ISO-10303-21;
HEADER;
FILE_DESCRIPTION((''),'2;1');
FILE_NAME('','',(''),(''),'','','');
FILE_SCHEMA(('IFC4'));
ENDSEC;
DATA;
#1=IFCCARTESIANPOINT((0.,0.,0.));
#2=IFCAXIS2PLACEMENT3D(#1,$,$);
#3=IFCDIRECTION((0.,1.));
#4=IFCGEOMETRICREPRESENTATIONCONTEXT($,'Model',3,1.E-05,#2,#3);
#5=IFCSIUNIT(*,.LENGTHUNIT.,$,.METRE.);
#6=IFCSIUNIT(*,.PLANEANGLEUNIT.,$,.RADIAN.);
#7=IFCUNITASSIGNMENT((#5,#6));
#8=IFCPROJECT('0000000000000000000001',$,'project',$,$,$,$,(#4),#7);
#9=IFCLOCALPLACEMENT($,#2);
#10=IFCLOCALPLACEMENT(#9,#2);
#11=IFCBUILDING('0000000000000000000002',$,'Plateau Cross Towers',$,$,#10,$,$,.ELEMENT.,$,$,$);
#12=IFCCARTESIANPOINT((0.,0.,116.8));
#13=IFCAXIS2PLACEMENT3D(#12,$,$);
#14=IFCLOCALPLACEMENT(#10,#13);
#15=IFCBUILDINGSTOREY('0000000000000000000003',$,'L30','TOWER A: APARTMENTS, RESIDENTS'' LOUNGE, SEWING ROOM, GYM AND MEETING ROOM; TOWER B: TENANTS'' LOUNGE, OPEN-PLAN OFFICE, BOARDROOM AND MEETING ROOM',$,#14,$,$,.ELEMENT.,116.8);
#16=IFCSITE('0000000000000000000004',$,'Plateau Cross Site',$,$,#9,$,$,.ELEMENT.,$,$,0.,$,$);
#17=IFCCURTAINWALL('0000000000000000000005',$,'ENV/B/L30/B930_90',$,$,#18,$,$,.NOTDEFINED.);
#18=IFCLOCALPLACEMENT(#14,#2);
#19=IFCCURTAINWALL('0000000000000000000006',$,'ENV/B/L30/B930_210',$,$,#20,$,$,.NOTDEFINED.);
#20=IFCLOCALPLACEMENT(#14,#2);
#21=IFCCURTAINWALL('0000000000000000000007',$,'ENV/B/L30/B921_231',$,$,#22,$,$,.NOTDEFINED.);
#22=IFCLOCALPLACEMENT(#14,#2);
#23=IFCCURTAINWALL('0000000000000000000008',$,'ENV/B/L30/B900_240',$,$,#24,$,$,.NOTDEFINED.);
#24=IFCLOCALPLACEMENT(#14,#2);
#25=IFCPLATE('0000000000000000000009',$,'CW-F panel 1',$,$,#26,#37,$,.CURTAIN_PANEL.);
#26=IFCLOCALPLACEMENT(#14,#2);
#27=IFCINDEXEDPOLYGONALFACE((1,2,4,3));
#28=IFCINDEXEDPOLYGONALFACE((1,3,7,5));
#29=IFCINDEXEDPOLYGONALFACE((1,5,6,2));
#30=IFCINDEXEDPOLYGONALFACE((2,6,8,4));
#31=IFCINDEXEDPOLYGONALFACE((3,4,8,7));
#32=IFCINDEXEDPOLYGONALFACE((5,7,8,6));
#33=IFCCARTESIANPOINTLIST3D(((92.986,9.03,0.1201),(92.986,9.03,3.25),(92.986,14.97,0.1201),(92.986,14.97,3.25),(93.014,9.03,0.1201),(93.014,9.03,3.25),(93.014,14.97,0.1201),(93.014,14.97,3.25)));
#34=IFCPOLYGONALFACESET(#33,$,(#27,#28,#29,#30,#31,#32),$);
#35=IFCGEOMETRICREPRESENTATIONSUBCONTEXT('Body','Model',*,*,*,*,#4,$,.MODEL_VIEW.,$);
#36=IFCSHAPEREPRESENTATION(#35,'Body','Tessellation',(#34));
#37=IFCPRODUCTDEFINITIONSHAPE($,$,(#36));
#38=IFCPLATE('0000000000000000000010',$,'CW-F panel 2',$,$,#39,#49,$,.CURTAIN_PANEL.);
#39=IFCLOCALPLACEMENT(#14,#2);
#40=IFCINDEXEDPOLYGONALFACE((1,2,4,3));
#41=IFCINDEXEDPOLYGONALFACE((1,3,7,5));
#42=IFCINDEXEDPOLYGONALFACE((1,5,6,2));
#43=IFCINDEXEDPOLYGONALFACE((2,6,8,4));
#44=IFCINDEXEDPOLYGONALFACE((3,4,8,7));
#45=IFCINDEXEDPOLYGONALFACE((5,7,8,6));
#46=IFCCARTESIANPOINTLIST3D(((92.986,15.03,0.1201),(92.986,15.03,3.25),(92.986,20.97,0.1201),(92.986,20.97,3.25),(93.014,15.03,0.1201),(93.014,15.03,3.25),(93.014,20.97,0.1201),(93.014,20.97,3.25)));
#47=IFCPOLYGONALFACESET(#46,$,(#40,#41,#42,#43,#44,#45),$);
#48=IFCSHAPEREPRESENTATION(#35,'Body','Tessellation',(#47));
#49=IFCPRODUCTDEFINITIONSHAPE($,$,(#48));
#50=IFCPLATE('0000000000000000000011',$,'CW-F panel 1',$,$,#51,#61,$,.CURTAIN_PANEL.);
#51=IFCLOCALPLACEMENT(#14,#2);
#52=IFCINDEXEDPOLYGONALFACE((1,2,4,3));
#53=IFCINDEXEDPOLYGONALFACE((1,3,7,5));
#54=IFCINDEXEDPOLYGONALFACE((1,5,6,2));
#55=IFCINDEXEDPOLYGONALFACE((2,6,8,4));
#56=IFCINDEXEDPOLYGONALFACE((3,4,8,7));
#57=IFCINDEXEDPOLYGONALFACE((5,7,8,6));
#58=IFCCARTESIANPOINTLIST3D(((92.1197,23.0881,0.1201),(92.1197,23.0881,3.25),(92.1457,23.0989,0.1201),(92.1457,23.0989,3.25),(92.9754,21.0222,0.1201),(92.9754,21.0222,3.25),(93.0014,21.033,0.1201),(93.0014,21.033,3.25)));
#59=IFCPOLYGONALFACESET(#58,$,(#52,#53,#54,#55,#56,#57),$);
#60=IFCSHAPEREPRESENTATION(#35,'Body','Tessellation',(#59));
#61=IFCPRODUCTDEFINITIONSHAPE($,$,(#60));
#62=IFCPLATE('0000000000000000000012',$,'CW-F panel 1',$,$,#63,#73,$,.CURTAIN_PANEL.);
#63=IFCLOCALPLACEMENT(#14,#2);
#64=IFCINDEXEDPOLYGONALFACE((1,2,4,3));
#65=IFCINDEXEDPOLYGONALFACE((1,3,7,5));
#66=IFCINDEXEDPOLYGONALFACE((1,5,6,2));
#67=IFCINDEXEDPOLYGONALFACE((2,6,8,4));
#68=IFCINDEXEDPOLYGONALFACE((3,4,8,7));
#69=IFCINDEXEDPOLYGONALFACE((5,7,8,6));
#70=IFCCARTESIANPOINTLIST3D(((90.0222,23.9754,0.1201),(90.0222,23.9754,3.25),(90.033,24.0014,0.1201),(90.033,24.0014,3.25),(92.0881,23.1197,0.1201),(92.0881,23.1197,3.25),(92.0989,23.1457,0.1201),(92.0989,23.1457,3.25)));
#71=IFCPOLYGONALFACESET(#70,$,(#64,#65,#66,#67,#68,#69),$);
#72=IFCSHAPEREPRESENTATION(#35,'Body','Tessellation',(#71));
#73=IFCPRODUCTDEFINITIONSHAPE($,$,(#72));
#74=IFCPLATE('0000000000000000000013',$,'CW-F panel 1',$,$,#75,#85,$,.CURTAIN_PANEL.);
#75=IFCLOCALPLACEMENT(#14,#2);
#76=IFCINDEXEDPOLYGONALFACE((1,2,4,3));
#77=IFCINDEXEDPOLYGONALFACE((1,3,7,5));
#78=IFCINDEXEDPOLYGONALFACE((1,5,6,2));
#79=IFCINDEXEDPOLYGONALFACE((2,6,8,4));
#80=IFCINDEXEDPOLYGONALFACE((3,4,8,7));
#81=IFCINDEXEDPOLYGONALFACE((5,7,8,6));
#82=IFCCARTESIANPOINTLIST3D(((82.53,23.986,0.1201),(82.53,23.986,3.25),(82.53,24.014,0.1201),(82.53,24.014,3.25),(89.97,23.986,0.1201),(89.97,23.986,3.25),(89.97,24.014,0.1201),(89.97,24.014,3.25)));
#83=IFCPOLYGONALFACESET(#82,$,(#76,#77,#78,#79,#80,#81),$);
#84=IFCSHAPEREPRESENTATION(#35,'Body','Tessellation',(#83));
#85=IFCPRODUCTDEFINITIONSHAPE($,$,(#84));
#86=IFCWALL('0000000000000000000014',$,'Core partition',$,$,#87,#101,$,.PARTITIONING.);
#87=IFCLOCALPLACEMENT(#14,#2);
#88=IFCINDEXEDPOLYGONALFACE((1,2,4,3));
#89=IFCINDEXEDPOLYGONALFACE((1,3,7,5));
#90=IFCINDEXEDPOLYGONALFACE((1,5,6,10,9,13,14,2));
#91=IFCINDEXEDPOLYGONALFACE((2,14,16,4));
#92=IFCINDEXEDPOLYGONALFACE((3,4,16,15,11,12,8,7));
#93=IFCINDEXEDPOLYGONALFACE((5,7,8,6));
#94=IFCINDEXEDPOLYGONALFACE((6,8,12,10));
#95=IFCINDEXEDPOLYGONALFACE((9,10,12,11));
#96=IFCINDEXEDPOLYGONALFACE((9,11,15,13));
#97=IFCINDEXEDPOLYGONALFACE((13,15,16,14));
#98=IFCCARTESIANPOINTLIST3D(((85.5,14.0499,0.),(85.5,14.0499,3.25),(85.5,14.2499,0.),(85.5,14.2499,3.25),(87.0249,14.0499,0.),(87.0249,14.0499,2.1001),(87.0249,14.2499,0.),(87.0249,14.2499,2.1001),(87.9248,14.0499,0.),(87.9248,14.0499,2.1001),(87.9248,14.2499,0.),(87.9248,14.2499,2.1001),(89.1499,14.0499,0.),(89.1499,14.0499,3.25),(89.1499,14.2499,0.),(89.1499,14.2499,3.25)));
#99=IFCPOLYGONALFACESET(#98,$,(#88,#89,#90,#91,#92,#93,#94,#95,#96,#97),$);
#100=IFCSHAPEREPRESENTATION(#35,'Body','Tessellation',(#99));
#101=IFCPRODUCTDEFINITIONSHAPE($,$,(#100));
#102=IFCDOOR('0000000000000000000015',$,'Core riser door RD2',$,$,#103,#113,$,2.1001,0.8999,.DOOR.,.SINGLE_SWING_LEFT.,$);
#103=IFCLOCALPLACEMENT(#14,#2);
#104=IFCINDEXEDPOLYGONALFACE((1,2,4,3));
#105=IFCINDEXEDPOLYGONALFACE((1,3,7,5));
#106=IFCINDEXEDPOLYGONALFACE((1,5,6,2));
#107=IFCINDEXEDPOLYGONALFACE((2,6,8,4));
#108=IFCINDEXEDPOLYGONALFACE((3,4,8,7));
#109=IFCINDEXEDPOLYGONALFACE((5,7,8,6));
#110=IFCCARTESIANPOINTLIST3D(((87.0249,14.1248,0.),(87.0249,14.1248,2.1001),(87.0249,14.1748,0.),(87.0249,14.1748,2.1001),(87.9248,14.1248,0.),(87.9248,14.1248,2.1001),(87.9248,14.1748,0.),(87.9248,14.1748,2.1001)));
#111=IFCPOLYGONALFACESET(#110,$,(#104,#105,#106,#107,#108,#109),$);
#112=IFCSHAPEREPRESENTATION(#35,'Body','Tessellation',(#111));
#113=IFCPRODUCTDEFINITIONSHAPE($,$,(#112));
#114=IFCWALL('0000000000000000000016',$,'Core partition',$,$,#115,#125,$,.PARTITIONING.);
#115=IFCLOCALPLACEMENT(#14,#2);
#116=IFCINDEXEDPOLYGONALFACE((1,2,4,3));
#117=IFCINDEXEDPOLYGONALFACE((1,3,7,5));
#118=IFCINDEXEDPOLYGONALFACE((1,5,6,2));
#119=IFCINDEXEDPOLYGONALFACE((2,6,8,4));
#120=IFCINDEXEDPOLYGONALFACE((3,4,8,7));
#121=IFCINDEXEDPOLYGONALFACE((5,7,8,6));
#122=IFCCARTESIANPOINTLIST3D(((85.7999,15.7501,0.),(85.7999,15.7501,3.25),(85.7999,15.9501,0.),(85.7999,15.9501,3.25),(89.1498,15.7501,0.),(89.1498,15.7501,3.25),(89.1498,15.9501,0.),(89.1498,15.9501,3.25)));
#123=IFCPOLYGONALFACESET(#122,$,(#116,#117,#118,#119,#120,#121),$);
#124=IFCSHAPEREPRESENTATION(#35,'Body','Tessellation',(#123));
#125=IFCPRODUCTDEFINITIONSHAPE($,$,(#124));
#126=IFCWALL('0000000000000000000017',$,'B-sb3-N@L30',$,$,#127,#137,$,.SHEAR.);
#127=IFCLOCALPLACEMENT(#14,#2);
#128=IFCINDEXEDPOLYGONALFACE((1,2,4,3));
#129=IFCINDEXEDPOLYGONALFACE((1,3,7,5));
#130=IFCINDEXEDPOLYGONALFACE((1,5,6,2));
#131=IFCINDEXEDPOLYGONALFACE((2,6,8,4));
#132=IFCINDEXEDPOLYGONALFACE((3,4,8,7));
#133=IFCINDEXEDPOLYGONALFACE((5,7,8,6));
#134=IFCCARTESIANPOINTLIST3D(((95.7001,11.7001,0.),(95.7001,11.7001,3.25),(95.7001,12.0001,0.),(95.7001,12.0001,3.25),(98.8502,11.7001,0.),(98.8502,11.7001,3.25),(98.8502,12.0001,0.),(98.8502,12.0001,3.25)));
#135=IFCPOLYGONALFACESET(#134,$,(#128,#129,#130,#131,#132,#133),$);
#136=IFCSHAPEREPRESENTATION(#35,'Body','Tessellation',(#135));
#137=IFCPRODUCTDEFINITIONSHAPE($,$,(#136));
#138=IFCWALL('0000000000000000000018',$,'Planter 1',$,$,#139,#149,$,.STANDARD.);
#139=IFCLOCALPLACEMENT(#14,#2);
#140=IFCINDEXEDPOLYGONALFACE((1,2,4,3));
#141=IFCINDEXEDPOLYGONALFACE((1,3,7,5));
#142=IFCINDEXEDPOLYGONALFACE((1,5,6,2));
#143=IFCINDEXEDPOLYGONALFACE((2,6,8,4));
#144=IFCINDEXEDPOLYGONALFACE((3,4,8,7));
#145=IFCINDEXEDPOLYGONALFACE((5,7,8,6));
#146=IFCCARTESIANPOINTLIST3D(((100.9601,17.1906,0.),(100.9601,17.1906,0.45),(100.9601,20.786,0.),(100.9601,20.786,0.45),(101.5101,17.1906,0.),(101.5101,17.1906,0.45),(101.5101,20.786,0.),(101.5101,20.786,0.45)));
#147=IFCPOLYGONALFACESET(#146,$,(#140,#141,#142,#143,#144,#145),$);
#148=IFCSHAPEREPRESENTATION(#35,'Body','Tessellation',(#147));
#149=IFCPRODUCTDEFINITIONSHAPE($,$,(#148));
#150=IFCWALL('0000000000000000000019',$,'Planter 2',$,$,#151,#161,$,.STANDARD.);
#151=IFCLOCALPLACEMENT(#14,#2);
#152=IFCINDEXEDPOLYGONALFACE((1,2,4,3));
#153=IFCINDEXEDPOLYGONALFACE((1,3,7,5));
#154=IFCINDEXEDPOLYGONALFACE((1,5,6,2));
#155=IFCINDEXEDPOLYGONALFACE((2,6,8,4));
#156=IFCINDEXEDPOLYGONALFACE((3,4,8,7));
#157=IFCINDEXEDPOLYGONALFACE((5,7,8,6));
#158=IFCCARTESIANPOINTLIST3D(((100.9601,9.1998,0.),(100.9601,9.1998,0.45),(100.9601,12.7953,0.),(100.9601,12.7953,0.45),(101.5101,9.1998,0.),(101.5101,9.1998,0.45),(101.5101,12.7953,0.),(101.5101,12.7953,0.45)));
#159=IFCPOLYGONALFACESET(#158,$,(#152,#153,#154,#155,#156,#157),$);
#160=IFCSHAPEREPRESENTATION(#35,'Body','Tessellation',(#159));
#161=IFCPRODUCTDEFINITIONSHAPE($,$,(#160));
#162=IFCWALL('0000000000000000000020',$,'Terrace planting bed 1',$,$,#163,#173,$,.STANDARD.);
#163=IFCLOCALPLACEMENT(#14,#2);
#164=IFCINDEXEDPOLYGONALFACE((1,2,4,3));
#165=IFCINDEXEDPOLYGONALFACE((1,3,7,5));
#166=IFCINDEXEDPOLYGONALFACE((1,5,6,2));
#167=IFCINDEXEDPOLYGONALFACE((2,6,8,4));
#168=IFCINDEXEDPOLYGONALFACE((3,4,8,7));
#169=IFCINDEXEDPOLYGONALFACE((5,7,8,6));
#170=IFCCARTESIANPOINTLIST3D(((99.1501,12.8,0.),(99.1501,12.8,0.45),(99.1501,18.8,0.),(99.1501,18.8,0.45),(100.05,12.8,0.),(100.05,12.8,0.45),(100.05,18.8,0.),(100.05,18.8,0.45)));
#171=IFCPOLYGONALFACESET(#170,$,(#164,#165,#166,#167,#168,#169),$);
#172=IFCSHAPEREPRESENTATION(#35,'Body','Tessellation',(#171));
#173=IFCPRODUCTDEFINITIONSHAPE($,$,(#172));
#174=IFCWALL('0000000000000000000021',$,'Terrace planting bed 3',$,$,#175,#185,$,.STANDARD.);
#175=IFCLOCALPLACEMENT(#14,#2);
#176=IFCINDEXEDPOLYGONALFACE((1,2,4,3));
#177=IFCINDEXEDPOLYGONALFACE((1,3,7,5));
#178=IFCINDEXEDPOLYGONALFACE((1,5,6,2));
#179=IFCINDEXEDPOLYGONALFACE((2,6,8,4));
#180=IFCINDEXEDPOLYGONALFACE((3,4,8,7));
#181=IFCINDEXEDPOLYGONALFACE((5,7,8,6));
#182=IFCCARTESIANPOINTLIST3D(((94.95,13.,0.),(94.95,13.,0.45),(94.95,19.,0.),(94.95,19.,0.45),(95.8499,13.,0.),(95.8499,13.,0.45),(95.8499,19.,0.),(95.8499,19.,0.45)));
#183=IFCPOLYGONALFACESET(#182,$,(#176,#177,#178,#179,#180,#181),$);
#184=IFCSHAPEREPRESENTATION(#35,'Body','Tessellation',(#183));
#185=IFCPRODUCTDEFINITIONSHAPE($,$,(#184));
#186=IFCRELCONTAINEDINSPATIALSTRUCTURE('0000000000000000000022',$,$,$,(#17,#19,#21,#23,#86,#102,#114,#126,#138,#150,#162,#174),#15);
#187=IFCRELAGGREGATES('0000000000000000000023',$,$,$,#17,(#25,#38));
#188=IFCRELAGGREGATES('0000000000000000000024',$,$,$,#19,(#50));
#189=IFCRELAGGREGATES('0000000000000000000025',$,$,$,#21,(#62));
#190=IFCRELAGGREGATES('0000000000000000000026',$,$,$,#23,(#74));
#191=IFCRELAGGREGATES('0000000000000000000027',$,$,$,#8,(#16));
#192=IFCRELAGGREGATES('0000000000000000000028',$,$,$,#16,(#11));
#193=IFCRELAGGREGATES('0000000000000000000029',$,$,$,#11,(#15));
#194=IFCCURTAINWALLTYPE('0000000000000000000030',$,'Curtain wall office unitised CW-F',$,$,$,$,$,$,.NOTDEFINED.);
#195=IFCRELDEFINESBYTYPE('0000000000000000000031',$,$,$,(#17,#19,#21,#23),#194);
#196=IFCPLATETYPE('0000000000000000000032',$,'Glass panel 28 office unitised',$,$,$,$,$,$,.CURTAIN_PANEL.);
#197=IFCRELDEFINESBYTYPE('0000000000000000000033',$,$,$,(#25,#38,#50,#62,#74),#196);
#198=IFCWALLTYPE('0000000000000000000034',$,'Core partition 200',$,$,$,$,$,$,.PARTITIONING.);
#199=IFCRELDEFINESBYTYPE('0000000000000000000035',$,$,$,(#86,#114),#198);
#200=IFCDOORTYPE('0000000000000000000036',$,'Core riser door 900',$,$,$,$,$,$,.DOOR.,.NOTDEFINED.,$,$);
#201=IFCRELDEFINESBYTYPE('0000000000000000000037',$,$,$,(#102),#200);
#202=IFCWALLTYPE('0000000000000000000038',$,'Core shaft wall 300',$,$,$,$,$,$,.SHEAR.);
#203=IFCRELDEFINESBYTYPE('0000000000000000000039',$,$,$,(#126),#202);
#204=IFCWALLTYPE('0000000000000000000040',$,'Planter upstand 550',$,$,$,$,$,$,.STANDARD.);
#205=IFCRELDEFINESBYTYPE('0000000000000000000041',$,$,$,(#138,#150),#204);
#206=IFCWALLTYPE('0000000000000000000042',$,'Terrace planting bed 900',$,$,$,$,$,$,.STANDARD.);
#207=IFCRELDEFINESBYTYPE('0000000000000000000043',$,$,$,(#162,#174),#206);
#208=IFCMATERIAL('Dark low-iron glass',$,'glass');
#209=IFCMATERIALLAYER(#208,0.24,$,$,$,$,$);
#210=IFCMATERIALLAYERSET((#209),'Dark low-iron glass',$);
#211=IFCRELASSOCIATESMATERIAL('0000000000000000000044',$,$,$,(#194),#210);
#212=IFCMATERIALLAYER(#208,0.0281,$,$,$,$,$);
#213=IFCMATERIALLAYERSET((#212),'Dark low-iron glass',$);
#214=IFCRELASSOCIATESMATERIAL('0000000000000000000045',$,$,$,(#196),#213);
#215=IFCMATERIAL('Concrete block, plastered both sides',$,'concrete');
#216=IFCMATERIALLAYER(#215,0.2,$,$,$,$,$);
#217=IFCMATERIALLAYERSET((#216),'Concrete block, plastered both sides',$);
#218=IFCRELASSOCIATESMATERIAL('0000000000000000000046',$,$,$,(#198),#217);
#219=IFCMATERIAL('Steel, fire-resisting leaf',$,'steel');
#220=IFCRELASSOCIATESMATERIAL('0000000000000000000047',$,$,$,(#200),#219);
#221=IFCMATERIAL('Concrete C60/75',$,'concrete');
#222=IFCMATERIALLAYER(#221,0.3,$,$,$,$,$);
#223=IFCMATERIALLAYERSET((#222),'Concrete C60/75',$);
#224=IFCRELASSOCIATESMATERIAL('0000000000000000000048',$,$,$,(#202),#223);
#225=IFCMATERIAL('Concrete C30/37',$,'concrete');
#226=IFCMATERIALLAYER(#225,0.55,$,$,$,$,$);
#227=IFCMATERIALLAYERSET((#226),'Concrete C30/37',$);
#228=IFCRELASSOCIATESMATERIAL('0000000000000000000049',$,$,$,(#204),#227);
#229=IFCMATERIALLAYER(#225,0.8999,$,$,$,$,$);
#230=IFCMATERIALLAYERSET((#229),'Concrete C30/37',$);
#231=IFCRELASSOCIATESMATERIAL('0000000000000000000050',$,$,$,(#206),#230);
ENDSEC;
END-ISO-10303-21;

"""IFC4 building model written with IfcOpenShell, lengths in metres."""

from ifc_helpers import new_model, si_unit, direction, frame, frame_2d, origin, origin_2d, place, context, subcontext, project, spatial, rectangle, extrude, material, layer, layer_set, type_object, element, fill, aggregate, save


model = new_model("IFC4")

# Units and contexts
model_context = context("Model", 3, precision=1e-05, world=origin(), true_north=direction((0.0, 1.0)))
body_context = subcontext(model_context, "Body", "Model", "MODEL_VIEW")
ifc_project = project(units=[si_unit("LENGTHUNIT", "METRE"), si_unit("PLANEANGLEUNIT", "RADIAN")], contexts=[model_context])

# Site, building, storey
site_placement = place(None, origin())
site = spatial("IfcSite", under=ifc_project, at=site_placement, Name="Plateau Cross Site", CompositionType="ELEMENT", RefElevation=0.0)
building_placement = place(site_placement, origin())
building = spatial("IfcBuilding", under=site, at=building_placement, Name="Plateau Cross Towers", CompositionType="ELEMENT")
storey_placement = place(building_placement, frame((0.0, 0.0, 116.8)))
storey = spatial("IfcBuildingStorey", under=building, at=storey_placement, Name="L30", Description="TOWER A: APARTMENTS, RESIDENTS' LOUNGE, SEWING ROOM, GYM AND MEETING ROOM; TOWER B: TENANTS' LOUNGE, OPEN-PLAN OFFICE, BOARDROOM AND MEETING ROOM", CompositionType="ELEMENT", Elevation=116.8)

# Shared definitions
ifc_material_1 = material(Name="Concrete C60/75", Category="concrete")

# Curtain wall
ifc_material_2 = material(Name="Dark low-iron glass", Category="glass")
ifc_layer_1 = layer(ifc_material_2, 0.24)
ifc_layer_set_1 = layer_set([ifc_layer_1], Name="Dark low-iron glass")
curtain_wall_type = type_object("IfcCurtainWallType", Name="Curtain wall office unitised CW-F", PredefinedType="NOTDEFINED", material=ifc_layer_set_1)
curtain_wall_1_placement = place(storey_placement, origin())
curtain_wall_1 = element("IfcCurtainWall", 1, at=curtain_wall_1_placement, inside=storey, type_object=curtain_wall_type, Name="ENV/B/L30/B930_90", PredefinedType="NOTDEFINED")

# Curtain walls
curtain_wall_2_placement = place(storey_placement, origin())
curtain_wall_2 = element("IfcCurtainWall", 2, at=curtain_wall_2_placement, inside=storey, type_object=curtain_wall_type, Name="ENV/B/L30/B930_210", PredefinedType="NOTDEFINED")
curtain_wall_3_placement = place(storey_placement, origin())
curtain_wall_3 = element("IfcCurtainWall", 3, at=curtain_wall_3_placement, inside=storey, type_object=curtain_wall_type, Name="ENV/B/L30/B921_231", PredefinedType="NOTDEFINED")
curtain_wall_4_placement = place(storey_placement, origin())
curtain_wall_4 = element("IfcCurtainWall", 4, at=curtain_wall_4_placement, inside=storey, type_object=curtain_wall_type, Name="ENV/B/L30/B900_240", PredefinedType="NOTDEFINED")

# Plates
ifc_layer_2 = layer(ifc_material_2, 0.0281)
ifc_layer_set_2 = layer_set([ifc_layer_2], Name="Dark low-iron glass")
plate_type = type_object("IfcPlateType", Name="Glass panel 28 office unitised", PredefinedType="CURTAIN_PANEL", material=ifc_layer_set_2)
plate_1_placement = place(storey_placement, frame((93.0, 12.0, 0.1201), z_axis=(0.0, 0.0, 1.0), x_axis=(0.0, 1.0, 0.0)))
plate_1 = element("IfcPlate", 5, at=plate_1_placement, type_object=plate_type, Name="CW-F panel 1", PredefinedType="CURTAIN_PANEL", context=body_context, shape_type="SweptSolid", body=[
    extrude(rectangle(XDim=5.9399, YDim=0.0281, at=origin_2d()), origin(), (0.0, 0.0, 1.0), 3.1299),
])
plate_2_placement = place(storey_placement, frame((93.0, 18.0, 0.1201), z_axis=(0.0, 0.0, 1.0), x_axis=(0.0, 1.0, 0.0)))
plate_2 = element("IfcPlate", 6, at=plate_2_placement, type_object=plate_type, Name="CW-F panel 2", PredefinedType="CURTAIN_PANEL", context=body_context, shape_type="SweptSolid", body=[
    extrude(rectangle(XDim=5.9399, YDim=0.0281, at=origin_2d()), origin(), (0.0, 0.0, 1.0), 3.1299),
])
aggregate(curtain_wall_1, [plate_1, plate_2])
plate_3_placement = place(storey_placement, frame((92.5605, 22.0605, 0.1201), z_axis=(0.0, 0.0, 1.0), x_axis=(-0.382684, 0.923879, 0.0)))
plate_3 = element("IfcPlate", 7, at=plate_3_placement, type_object=plate_type, Name="CW-F panel 1", PredefinedType="CURTAIN_PANEL", context=body_context, shape_type="SweptSolid", body=[
    extrude(rectangle(XDim=2.2361, YDim=0.0281, at=origin_2d()), origin(), (0.0, 0.0, 1.0), 3.1299),
])
aggregate(curtain_wall_2, [plate_3])
plate_4_placement = place(storey_placement, frame((91.0605, 23.5605, 0.1201), z_axis=(0.0, 0.0, 1.0), x_axis=(-0.923879, 0.382684, 0.0)))
plate_4 = element("IfcPlate", 8, at=plate_4_placement, type_object=plate_type, Name="CW-F panel 1", PredefinedType="CURTAIN_PANEL", context=body_context, shape_type="SweptSolid", body=[
    extrude(rectangle(XDim=2.2361, YDim=0.0281, at=origin_2d()), origin(), (0.0, 0.0, 1.0), 3.1299),
])
aggregate(curtain_wall_3, [plate_4])
plate_5_placement = place(storey_placement, frame((86.25, 24.0, 0.1201), z_axis=(0.0, 0.0, 1.0), x_axis=(-1.0, 0.0, 0.0)))
plate_5 = element("IfcPlate", 9, at=plate_5_placement, type_object=plate_type, Name="CW-F panel 1", PredefinedType="CURTAIN_PANEL", context=body_context, shape_type="SweptSolid", body=[
    extrude(rectangle(XDim=7.4399, YDim=0.0281, at=origin_2d()), origin(), (0.0, 0.0, 1.0), 3.1299),
])
aggregate(curtain_wall_4, [plate_5])

# Wall, opening, door
ifc_material_3 = material(Name="Concrete block, plastered both sides", Category="concrete")
ifc_layer_3 = layer(ifc_material_3, 0.2)
ifc_layer_set_3 = layer_set([ifc_layer_3], Name="Concrete block, plastered both sides")
wall_type_1 = type_object("IfcWallType", Name="Core partition 200", PredefinedType="PARTITIONING", material=ifc_layer_set_3)
wall_1_placement = place(storey_placement, frame((85.5, 14.1499, 0.0), z_axis=(0.0, 0.0, 1.0), x_axis=(1.0, 0.0, 0.0)))
wall_1 = element("IfcWall", 10, at=wall_1_placement, inside=storey, type_object=wall_type_1, Name="Core partition", PredefinedType="PARTITIONING", context=body_context, shape_type="SweptSolid", body=[
    extrude(rectangle(XDim=3.6499, YDim=0.2, at=frame_2d((1.825, 0.0))), origin(), (0.0, 0.0, 1.0), 3.25),
])
opening_1_placement = place(wall_1_placement, frame((1.5249, 0.0, 0.0)))
opening_1 = element("IfcOpeningElement", 11, at=opening_1_placement, cuts=wall_1, PredefinedType="OPENING", context=body_context, shape_type="SweptSolid", body=[
    extrude(rectangle(XDim=0.8999, YDim=2.1001, at=frame_2d((0.45, 1.05))), frame((0.0, 0.1099, 0.0), z_axis=(0.0, -1.0, 0.0), x_axis=(1.0, 0.0, 0.0)), (0.0, 0.0, 1.0), 0.22),
])
ifc_material_4 = material(Name="Steel, fire-resisting leaf", Category="steel")
door_type_1 = type_object("IfcDoorType", Name="Core riser door 900", OperationType="NOTDEFINED", PredefinedType="DOOR", material=ifc_material_4)
door_1_placement = place(opening_1_placement, origin())
door_1 = element("IfcDoor", 12, at=door_1_placement, inside=storey, type_object=door_type_1, Name="Core riser door RD2", OperationType="SINGLE_SWING_LEFT", OverallHeight=2.1001, OverallWidth=0.8999, PredefinedType="DOOR", context=body_context, shape_type="SweptSolid", body=[
    extrude(rectangle(XDim=0.8999, YDim=2.1001, at=frame_2d((0.45, 1.05))), frame((0.0, 0.0249, 0.0), z_axis=(0.0, -1.0, 0.0), x_axis=(1.0, 0.0, 0.0)), (0.0, 0.0, 1.0), 0.05),
])
fill(opening_1, door_1)

# Walls
wall_2_placement = place(storey_placement, frame((85.8, 15.8501, 0.0), z_axis=(0.0, 0.0, 1.0), x_axis=(1.0, 0.0, 0.0)))
element("IfcWall", 13, at=wall_2_placement, inside=storey, type_object=wall_type_1, Name="Core partition", PredefinedType="PARTITIONING", context=body_context, shape_type="SweptSolid", body=[
    extrude(rectangle(XDim=3.3499, YDim=0.2, at=frame_2d((1.6748, 0.0))), origin(), (0.0, 0.0, 1.0), 3.25),
])
ifc_layer_4 = layer(ifc_material_1, 0.3)
ifc_layer_set_4 = layer_set([ifc_layer_4], Name="Concrete C60/75")
wall_type_2 = type_object("IfcWallType", Name="Core shaft wall 300", PredefinedType="SHEAR", material=ifc_layer_set_4)
wall_3_placement = place(storey_placement, frame((95.7, 11.8501, 0.0), z_axis=(0.0, 0.0, 1.0), x_axis=(1.0, 0.0, 0.0)))
element("IfcWall", 14, at=wall_3_placement, inside=storey, type_object=wall_type_2, Name="B-sb3-N@L30", PredefinedType="SHEAR", context=body_context, shape_type="SweptSolid", body=[
    extrude(rectangle(XDim=3.1501, YDim=0.3, at=frame_2d((1.5752, 0.0))), origin(), (0.0, 0.0, 1.0), 3.25),
])

# Walls
ifc_material_5 = material(Name="Concrete C30/37", Category="concrete")
ifc_layer_5 = layer(ifc_material_5, 0.55)
ifc_layer_set_5 = layer_set([ifc_layer_5], Name="Concrete C30/37")
wall_type_3 = type_object("IfcWallType", Name="Planter upstand 550", PredefinedType="STANDARD", material=ifc_layer_set_5)
for number, where, z_axis, x_axis, name in (
    (15, (101.2351, 20.7861, 0.0), (0.0, 0.0, 1.0), (0.0, -1.0, 0.0), "Planter 1"),
    (16, (101.2351, 12.7954, 0.0), (0.0, 0.0, 1.0), (0.0, -1.0, 0.0), "Planter 2"),
):
    element("IfcWall", number, at=place(storey_placement, frame(where, z_axis=z_axis, x_axis=x_axis)), inside=storey, type_object=wall_type_3, Name=name, PredefinedType="STANDARD", context=body_context, shape_type="SweptSolid", body=[
        extrude(rectangle(XDim=3.5955, YDim=0.55, at=frame_2d((1.7979, 0.0))), origin(), (0.0, 0.0, 1.0), 0.45),
    ])
ifc_layer_6 = layer(ifc_material_5, 0.8999)
ifc_layer_set_6 = layer_set([ifc_layer_6], Name="Concrete C30/37")
wall_type_4 = type_object("IfcWallType", Name="Terrace planting bed 900", PredefinedType="STANDARD", material=ifc_layer_set_6)
for number, where, z_axis, x_axis, name in (
    (17, (99.6001, 12.8, 0.0), (0.0, 0.0, 1.0), (0.0, 1.0, 0.0), "Terrace planting bed 1"),
    (18, (95.3999, 13.0, 0.0), (0.0, 0.0, 1.0), (0.0, 1.0, 0.0), "Terrace planting bed 3"),
):
    element("IfcWall", number, at=place(storey_placement, frame(where, z_axis=z_axis, x_axis=x_axis)), inside=storey, type_object=wall_type_4, Name=name, PredefinedType="STANDARD", context=body_context, shape_type="SweptSolid", body=[
        extrude(rectangle(XDim=6.0, YDim=0.8999, at=frame_2d((3.0, 0.0))), origin(), (0.0, 0.0, 1.0), 0.45),
    ])

save(model, "model.ifc")
